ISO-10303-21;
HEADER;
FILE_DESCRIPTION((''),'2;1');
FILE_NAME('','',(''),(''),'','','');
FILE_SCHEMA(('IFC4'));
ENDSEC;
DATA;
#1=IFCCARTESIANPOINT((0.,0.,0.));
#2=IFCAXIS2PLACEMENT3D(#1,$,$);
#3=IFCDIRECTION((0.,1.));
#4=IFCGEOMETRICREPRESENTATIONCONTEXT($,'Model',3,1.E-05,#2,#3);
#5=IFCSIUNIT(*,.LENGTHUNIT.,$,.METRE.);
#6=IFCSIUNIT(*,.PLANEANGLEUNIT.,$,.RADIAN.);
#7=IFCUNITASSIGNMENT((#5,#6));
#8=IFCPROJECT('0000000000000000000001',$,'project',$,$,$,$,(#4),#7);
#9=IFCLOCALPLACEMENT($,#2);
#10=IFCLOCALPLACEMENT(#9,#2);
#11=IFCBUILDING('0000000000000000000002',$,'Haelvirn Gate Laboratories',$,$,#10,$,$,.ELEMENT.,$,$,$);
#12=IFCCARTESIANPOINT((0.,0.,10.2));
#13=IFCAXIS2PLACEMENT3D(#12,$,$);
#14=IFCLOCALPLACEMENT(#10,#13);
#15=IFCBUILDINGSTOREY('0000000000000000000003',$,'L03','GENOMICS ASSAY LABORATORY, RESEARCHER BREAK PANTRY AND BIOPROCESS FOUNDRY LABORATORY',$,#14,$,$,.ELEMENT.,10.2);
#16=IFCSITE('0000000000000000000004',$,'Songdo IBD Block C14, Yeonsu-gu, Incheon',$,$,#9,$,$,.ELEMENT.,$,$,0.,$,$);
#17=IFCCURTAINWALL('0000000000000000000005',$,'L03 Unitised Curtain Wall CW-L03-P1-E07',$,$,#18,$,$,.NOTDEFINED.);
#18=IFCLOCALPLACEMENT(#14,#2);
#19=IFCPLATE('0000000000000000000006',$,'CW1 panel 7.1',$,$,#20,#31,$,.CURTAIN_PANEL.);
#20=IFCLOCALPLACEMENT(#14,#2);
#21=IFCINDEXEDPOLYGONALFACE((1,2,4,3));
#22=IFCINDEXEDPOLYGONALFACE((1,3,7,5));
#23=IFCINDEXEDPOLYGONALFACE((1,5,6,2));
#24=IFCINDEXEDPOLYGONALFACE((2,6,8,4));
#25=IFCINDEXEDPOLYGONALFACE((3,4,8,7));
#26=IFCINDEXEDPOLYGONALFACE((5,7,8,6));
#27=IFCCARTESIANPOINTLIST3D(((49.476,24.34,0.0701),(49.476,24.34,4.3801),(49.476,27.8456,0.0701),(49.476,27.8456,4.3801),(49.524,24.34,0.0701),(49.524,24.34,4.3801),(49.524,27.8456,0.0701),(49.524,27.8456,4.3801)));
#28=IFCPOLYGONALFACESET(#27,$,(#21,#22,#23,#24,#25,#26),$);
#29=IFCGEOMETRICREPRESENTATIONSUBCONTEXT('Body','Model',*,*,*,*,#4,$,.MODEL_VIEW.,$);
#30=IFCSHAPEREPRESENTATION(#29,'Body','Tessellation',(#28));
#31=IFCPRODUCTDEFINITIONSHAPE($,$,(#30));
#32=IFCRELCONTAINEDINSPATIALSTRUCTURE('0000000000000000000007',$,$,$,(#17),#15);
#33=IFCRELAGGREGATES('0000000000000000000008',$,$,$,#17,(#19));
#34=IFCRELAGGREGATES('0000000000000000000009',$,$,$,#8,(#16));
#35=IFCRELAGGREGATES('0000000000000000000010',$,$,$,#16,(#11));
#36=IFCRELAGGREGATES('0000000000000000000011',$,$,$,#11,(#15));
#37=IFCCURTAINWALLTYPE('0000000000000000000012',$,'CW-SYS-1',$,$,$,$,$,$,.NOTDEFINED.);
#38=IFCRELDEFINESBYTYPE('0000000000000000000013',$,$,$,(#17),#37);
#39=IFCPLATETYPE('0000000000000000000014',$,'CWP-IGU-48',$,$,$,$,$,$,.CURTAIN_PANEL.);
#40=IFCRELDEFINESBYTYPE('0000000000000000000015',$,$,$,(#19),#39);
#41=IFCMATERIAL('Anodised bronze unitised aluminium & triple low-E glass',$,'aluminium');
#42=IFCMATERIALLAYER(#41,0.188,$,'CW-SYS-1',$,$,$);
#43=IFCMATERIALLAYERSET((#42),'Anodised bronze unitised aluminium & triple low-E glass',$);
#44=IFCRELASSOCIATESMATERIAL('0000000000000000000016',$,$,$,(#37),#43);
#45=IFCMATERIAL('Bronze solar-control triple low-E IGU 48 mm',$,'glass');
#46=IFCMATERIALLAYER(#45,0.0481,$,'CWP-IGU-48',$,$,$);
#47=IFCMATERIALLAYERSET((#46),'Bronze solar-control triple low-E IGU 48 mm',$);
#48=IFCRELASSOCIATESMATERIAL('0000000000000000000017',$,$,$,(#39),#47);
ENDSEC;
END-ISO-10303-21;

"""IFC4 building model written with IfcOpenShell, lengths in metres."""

from ifc_helpers import new_model, si_unit, direction, frame, origin, origin_2d, place, context, subcontext, project, spatial, rectangle, extrude, source, transform, mapped, material, layer, layer_set, type_object, element, aggregate, save


model = new_model("IFC4")

# Units and contexts
model_context = context("Model", 3, precision=1e-05, world=origin(), true_north=direction((0.0, 1.0)))
body_context = subcontext(model_context, "Body", "Model", "MODEL_VIEW")
ifc_project = project(units=[si_unit("LENGTHUNIT", "METRE"), si_unit("PLANEANGLEUNIT", "RADIAN")], contexts=[model_context])

# Site, building, storey
site_placement = place(None, origin())
site = spatial("IfcSite", under=ifc_project, at=site_placement, Name="Songdo IBD Block C14, Yeonsu-gu, Incheon", CompositionType="ELEMENT", RefElevation=0.0)
building_placement = place(site_placement, origin())
building = spatial("IfcBuilding", under=site, at=building_placement, Name="Haelvirn Gate Laboratories", CompositionType="ELEMENT")
storey_placement = place(building_placement, frame((0.0, 0.0, 10.2)))
storey = spatial("IfcBuildingStorey", under=building, at=storey_placement, Name="L03", Description="GENOMICS ASSAY LABORATORY, RESEARCHER BREAK PANTRY AND BIOPROCESS FOUNDRY LABORATORY", CompositionType="ELEMENT", Elevation=10.2)

# Curtain wall
ifc_material_1 = material(Name="Anodised bronze unitised aluminium & triple low-E glass", Category="aluminium")
ifc_layer_1 = layer(ifc_material_1, 0.188, Name="CW-SYS-1")
ifc_layer_set_1 = layer_set([ifc_layer_1], Name="Anodised bronze unitised aluminium & triple low-E glass")
curtain_wall_type = type_object("IfcCurtainWallType", Name="CW-SYS-1", PredefinedType="NOTDEFINED", material=ifc_layer_set_1)
curtain_wall_1_placement = place(storey_placement, origin())
curtain_wall_1 = element("IfcCurtainWall", 1, at=curtain_wall_1_placement, inside=storey, type_object=curtain_wall_type, Name="L03 Unitised Curtain Wall CW-L03-P1-E07", PredefinedType="NOTDEFINED")

# Plate
ifc_material_2 = material(Name="Bronze solar-control triple low-E IGU 48 mm", Category="glass")
ifc_layer_2 = layer(ifc_material_2, 0.0481, Name="CWP-IGU-48")
ifc_layer_set_2 = layer_set([ifc_layer_2], Name="Bronze solar-control triple low-E IGU 48 mm")
plate_type = type_object("IfcPlateType", Name="CWP-IGU-48", PredefinedType="CURTAIN_PANEL", material=ifc_layer_set_2)
shared_shape_1 = source(origin(), body_context, "Body", "SweptSolid", [
    extrude(rectangle(XDim=3.5056, YDim=0.0481, at=origin_2d()), origin(), (0.0, 0.0, 1.0), 4.3101),
])
plate_1_placement = place(storey_placement, frame((49.5, 26.0928, 0.0701), z_axis=(0.0, 0.0, 1.0), x_axis=(0.0, -1.0, 0.0)))
plate_1 = element("IfcPlate", 2, at=plate_1_placement, type_object=plate_type, Name="CW1 panel 7.1", PredefinedType="CURTAIN_PANEL", context=body_context, shape_type="MappedRepresentation", body=[
    mapped(shared_shape_1, transform((0.0, 0.0, 0.0), scale=1.0)),
])
aggregate(curtain_wall_1, [plate_1])

save(model, "model.ifc")
